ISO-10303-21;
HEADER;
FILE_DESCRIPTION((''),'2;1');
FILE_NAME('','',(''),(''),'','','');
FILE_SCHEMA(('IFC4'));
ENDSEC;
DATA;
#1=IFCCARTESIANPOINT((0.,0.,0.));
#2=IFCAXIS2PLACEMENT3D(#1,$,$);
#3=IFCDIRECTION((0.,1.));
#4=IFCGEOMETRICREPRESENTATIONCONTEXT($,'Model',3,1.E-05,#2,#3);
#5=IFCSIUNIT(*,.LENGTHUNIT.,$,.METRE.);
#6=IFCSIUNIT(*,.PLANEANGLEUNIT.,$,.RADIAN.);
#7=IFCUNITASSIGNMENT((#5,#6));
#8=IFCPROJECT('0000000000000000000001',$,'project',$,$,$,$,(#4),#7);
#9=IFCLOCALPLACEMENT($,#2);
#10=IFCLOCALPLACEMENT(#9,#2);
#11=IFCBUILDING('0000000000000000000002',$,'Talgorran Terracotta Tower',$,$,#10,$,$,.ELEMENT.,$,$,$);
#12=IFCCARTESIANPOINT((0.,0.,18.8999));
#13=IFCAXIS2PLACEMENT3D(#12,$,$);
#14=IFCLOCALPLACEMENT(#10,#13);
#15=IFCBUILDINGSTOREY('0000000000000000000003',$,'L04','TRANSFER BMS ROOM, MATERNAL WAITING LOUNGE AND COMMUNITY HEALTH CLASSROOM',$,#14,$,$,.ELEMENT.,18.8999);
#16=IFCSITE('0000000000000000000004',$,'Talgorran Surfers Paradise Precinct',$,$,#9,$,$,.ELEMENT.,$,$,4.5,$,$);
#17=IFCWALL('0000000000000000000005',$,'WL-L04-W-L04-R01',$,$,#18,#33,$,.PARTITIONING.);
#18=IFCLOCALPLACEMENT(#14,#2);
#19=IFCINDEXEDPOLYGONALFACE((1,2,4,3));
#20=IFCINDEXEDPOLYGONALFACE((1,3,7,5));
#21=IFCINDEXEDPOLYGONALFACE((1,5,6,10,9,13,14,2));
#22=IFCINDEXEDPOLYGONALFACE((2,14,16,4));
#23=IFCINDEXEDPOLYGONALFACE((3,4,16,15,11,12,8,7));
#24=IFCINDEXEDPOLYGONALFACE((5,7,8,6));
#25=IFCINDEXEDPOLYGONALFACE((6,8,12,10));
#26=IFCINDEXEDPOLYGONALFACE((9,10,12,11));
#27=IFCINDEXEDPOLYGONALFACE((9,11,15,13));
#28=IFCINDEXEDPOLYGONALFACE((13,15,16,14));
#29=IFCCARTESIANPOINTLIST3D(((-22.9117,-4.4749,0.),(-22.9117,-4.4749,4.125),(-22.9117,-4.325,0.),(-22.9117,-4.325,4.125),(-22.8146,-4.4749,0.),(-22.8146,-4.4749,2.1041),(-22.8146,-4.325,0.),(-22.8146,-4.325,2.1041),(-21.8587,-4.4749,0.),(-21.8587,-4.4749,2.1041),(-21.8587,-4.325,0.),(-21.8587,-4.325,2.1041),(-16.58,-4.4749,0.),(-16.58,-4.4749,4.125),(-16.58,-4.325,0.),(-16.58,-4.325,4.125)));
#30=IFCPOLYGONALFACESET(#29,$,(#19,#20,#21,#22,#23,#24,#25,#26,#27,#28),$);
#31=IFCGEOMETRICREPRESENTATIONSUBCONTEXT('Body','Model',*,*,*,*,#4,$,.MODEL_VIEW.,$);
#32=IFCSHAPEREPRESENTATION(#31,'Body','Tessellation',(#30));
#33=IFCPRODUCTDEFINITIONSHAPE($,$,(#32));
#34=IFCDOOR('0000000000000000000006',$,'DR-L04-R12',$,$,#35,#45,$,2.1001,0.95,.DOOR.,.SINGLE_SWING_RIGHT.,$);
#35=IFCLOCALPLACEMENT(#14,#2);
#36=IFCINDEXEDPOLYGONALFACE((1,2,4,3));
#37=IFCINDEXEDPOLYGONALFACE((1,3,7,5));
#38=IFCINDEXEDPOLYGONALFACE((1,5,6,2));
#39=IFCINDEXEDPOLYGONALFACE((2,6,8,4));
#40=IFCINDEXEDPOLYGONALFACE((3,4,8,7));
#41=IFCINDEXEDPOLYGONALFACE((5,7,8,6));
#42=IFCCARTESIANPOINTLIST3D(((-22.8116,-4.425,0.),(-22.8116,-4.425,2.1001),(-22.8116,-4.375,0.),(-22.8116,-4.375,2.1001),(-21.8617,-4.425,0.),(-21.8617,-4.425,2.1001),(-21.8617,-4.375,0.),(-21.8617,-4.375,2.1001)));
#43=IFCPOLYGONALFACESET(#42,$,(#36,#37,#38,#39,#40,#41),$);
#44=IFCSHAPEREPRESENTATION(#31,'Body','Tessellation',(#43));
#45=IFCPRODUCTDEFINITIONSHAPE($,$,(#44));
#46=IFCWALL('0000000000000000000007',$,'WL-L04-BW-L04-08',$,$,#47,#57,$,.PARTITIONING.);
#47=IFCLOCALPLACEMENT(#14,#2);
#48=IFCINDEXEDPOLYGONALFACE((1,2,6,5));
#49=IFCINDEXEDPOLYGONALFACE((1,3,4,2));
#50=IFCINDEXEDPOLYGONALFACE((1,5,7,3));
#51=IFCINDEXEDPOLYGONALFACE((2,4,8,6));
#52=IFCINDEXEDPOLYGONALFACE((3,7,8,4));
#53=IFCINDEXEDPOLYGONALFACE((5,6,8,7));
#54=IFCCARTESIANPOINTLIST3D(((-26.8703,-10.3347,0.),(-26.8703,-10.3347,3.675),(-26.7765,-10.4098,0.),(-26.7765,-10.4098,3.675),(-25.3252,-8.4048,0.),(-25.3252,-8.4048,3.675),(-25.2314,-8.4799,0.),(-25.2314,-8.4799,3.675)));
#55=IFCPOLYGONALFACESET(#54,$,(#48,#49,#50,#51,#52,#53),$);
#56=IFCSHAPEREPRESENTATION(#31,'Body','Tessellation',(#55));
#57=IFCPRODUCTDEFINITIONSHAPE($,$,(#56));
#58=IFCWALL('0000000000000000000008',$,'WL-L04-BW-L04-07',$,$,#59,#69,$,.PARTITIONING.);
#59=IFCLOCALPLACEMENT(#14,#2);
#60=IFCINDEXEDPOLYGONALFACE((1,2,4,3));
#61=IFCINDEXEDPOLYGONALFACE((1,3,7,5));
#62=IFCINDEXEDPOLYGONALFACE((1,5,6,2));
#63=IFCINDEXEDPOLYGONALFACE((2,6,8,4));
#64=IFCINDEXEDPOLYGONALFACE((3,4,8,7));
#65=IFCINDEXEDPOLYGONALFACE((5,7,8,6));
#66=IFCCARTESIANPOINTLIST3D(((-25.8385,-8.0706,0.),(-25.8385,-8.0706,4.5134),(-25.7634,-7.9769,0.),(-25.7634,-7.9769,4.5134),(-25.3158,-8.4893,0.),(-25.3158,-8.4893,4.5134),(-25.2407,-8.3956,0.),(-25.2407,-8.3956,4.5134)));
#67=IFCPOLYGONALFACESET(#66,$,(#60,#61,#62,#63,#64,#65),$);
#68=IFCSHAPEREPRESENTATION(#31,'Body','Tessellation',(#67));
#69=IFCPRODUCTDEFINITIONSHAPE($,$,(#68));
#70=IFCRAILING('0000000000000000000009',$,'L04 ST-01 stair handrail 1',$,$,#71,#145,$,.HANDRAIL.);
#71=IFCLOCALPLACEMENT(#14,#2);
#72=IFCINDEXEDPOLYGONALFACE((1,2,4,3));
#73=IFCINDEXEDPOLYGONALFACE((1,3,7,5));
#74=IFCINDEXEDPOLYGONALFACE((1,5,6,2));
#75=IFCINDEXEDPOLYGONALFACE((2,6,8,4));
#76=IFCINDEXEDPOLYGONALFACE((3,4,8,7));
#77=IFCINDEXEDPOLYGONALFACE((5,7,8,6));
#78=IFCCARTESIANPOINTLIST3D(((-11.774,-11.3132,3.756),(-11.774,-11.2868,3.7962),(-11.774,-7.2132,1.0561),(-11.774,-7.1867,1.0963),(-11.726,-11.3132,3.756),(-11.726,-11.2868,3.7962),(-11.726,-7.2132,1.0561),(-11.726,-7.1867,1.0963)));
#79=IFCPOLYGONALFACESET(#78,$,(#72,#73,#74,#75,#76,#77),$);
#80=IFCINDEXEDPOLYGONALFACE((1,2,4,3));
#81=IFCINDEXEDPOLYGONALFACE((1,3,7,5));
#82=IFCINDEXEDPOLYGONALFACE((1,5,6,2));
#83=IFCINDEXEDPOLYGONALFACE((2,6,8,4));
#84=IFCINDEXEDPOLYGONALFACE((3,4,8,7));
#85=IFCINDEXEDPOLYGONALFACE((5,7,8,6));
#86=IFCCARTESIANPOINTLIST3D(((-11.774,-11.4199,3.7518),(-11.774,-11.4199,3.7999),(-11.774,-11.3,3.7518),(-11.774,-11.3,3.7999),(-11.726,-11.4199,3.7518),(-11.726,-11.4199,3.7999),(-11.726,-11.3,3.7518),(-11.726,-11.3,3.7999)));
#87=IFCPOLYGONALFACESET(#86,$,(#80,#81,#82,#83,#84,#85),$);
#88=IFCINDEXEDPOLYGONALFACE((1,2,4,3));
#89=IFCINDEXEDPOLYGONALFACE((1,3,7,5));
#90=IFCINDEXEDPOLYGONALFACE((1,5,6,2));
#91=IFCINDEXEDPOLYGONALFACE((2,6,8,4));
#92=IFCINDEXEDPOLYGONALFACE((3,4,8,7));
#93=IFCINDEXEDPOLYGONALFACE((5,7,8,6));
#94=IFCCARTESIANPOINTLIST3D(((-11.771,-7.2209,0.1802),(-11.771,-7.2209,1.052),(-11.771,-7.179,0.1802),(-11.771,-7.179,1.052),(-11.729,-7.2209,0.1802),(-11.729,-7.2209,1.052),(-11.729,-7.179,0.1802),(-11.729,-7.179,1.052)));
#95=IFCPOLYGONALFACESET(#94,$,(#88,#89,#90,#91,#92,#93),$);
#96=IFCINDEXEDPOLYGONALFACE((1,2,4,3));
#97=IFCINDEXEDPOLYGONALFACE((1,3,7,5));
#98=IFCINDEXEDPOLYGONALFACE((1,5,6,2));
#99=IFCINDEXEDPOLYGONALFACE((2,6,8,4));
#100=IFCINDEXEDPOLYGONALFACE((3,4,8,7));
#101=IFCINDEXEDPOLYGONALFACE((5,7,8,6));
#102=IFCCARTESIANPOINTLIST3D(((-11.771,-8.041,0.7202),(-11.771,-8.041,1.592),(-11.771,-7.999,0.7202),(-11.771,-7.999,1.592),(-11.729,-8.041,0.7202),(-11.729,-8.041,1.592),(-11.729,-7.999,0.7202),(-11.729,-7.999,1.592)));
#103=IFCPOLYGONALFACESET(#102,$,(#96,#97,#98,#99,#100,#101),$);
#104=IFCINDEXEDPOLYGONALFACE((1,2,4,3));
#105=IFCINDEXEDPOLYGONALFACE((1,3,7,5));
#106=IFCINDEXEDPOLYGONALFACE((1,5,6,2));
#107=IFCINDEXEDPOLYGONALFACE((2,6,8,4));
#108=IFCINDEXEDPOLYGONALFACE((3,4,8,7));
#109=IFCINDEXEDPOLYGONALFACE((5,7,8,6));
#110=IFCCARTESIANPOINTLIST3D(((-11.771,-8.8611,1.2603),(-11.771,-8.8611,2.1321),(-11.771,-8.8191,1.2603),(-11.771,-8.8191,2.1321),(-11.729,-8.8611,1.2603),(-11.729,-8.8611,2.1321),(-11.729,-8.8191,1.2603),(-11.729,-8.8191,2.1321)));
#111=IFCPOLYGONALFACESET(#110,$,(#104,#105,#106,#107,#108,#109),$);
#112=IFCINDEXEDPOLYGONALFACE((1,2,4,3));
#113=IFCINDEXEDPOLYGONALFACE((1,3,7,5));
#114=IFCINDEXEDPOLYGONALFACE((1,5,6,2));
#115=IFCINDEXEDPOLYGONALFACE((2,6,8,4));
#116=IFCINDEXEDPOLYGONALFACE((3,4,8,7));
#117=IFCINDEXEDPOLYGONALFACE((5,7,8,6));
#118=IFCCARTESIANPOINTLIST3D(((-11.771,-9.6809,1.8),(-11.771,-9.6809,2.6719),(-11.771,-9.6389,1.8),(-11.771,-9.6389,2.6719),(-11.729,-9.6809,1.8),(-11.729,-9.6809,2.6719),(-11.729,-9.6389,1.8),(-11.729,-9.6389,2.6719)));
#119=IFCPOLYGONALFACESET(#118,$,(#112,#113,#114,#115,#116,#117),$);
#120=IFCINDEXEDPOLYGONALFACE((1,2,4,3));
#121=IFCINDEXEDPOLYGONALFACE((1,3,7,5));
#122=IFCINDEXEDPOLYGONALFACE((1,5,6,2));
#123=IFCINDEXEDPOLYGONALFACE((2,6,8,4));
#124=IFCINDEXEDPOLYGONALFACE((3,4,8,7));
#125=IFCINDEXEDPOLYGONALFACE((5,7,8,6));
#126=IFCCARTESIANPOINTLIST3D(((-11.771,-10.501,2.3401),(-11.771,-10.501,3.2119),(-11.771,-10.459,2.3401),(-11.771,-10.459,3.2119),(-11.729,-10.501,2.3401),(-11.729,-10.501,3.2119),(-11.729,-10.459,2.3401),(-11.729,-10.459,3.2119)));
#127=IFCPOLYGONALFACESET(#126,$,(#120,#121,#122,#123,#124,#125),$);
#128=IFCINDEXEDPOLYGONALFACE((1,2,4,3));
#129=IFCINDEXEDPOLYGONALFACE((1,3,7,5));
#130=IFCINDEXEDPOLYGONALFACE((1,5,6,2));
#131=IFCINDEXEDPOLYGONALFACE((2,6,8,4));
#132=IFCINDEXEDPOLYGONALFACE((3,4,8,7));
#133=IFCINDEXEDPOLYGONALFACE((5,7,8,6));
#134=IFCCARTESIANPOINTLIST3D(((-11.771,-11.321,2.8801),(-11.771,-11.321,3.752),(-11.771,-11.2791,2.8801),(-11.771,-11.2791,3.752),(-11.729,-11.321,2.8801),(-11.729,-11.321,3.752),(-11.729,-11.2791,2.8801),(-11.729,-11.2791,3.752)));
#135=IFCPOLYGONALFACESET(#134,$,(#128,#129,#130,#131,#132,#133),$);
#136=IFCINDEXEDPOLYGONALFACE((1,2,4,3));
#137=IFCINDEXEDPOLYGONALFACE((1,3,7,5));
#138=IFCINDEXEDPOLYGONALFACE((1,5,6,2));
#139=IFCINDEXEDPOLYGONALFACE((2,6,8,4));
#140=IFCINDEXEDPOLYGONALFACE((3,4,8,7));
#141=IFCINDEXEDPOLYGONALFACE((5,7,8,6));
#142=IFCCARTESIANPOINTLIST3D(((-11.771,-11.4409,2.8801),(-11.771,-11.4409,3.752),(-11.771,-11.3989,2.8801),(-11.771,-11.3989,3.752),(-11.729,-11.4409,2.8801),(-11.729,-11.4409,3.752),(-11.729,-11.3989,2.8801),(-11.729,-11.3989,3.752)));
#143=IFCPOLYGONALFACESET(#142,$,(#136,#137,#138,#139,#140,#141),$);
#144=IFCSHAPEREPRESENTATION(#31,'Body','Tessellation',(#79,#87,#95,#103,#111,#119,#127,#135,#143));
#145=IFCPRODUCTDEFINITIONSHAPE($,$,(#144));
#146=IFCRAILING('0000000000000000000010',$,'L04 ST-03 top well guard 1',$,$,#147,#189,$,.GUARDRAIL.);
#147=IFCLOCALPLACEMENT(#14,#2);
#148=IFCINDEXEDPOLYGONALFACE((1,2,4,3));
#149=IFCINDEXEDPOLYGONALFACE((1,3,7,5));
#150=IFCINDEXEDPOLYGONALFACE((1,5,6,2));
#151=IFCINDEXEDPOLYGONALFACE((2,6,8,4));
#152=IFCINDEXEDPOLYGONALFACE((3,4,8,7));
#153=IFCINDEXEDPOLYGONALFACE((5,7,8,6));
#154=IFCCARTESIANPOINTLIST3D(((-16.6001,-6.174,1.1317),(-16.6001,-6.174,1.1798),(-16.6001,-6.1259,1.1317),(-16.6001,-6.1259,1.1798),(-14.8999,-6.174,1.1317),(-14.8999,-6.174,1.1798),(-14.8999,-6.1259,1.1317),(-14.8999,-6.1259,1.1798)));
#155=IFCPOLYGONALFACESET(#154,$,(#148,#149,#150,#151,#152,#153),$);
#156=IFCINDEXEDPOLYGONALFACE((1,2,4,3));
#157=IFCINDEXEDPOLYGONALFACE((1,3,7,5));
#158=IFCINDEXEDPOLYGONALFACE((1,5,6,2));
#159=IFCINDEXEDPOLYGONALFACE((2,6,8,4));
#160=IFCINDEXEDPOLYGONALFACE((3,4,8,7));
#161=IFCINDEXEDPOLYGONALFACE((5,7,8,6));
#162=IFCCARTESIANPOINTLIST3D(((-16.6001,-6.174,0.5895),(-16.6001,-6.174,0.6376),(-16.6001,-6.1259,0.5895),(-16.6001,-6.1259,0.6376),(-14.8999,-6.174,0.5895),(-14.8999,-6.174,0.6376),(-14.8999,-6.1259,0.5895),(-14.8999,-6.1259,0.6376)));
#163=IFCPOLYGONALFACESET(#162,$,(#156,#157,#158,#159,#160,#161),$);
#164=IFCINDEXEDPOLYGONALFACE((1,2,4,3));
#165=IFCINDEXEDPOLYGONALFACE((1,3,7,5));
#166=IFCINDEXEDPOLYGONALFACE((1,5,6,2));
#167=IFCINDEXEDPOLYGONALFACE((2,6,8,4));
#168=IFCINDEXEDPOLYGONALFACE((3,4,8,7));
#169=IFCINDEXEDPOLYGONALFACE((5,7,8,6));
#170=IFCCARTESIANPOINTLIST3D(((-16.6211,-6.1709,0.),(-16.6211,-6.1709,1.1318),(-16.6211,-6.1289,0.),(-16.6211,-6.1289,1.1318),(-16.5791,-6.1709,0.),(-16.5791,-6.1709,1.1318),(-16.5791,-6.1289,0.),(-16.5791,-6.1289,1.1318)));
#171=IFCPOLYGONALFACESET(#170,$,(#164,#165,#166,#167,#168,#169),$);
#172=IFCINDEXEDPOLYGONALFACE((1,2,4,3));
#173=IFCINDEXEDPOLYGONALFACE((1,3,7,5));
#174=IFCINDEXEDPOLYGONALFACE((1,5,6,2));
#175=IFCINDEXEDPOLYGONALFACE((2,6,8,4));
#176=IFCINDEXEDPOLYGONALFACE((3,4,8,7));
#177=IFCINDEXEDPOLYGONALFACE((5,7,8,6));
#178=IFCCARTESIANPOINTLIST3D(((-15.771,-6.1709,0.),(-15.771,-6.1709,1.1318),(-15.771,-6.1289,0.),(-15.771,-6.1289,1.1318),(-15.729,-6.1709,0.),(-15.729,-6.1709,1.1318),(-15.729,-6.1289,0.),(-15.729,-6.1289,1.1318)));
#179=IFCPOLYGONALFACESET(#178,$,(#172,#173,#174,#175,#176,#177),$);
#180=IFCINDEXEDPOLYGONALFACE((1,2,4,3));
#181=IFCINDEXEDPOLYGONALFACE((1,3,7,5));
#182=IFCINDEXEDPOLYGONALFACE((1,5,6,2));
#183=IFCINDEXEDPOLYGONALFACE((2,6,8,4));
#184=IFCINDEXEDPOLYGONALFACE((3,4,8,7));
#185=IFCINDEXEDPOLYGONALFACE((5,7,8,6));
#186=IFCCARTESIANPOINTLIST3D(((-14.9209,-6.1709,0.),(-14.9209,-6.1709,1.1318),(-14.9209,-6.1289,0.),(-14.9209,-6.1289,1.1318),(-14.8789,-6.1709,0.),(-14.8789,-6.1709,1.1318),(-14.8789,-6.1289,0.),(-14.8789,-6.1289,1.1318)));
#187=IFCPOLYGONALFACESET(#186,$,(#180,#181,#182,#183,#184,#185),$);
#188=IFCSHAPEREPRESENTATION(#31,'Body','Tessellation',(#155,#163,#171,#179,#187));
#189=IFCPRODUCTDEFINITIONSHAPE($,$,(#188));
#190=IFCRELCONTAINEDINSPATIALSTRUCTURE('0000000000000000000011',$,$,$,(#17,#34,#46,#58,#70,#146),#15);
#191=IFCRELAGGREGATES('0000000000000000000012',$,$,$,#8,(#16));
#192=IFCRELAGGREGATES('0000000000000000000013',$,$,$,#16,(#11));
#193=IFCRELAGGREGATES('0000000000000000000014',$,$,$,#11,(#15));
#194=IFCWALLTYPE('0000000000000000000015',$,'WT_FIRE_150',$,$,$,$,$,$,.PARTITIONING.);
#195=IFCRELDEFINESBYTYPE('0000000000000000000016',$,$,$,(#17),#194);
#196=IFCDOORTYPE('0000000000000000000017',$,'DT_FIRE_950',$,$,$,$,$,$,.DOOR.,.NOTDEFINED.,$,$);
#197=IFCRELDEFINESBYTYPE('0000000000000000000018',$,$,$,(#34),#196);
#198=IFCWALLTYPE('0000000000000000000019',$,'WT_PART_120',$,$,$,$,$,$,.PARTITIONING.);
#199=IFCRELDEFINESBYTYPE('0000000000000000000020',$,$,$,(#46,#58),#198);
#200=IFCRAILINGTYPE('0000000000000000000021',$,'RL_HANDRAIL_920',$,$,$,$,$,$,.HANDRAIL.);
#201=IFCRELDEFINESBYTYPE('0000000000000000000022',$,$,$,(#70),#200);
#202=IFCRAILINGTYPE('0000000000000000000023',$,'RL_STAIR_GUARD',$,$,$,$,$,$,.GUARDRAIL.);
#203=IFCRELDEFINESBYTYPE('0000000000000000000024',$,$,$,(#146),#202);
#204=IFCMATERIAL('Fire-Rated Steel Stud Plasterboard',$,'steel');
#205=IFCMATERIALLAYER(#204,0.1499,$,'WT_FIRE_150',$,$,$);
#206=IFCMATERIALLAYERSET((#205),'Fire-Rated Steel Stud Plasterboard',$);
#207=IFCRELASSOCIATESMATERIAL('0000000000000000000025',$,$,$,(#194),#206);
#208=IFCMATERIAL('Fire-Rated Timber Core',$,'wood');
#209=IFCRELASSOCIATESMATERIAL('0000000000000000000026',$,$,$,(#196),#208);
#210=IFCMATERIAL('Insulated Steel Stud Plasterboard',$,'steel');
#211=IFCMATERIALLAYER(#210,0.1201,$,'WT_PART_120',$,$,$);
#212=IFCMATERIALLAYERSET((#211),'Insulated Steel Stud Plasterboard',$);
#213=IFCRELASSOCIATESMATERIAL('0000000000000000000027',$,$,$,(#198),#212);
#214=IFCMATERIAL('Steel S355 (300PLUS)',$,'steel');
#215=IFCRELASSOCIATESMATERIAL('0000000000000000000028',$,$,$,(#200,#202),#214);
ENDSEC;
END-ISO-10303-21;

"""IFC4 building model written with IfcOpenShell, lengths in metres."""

from ifc_helpers import new_model, si_unit, direction, frame, frame_2d, origin, origin_2d, place, context, subcontext, project, spatial, rectangle, extrude, material, layer, layer_set, type_object, element, fill, save


model = new_model("IFC4")

# Units and contexts
model_context = context("Model", 3, precision=1e-05, world=origin(), true_north=direction((0.0, 1.0)))
body_context = subcontext(model_context, "Body", "Model", "MODEL_VIEW")
ifc_project = project(units=[si_unit("LENGTHUNIT", "METRE"), si_unit("PLANEANGLEUNIT", "RADIAN")], contexts=[model_context])

# Site, building, storey
site_placement = place(None, origin())
site = spatial("IfcSite", under=ifc_project, at=site_placement, Name="Talgorran Surfers Paradise Precinct", CompositionType="ELEMENT", RefElevation=4.5)
building_placement = place(site_placement, origin())
building = spatial("IfcBuilding", under=site, at=building_placement, Name="Talgorran Terracotta Tower", CompositionType="ELEMENT")
storey_placement = place(building_placement, frame((0.0, 0.0, 18.8999)))
storey = spatial("IfcBuildingStorey", under=building, at=storey_placement, Name="L04", Description="TRANSFER BMS ROOM, MATERNAL WAITING LOUNGE AND COMMUNITY HEALTH CLASSROOM", CompositionType="ELEMENT", Elevation=18.8999)

# Shared definitions
ifc_material_1 = material(Name="Steel S355 (300PLUS)", Category="steel")

# Wall, opening, door
ifc_material_2 = material(Name="Fire-Rated Steel Stud Plasterboard", Category="steel")
ifc_layer_1 = layer(ifc_material_2, 0.1499, Name="WT_FIRE_150")
ifc_layer_set_1 = layer_set([ifc_layer_1], Name="Fire-Rated Steel Stud Plasterboard")
wall_type_1 = type_object("IfcWallType", Name="WT_FIRE_150", PredefinedType="PARTITIONING", material=ifc_layer_set_1)
wall_1_placement = place(storey_placement, frame((-22.9119, -4.3999, 0.0), z_axis=(0.0, 0.0, 1.0), x_axis=(1.0, 0.0, 0.0)))
wall_1 = element("IfcWall", 1, at=wall_1_placement, inside=storey, type_object=wall_type_1, Name="WL-L04-W-L04-R01", PredefinedType="PARTITIONING", context=body_context, shape_type="SweptSolid", body=[
    extrude(rectangle(XDim=6.3318, YDim=0.1499, at=frame_2d((3.166, 0.0))), origin(), (0.0, 0.0, 1.0), 4.125),
])
opening_1_placement = place(wall_1_placement, frame((0.1001, 0.0, 0.0)))
opening_1 = element("IfcOpeningElement", 2, at=opening_1_placement, cuts=wall_1, PredefinedType="OPENING", context=body_context, shape_type="SweptSolid", body=[
    extrude(rectangle(XDim=0.956, YDim=2.1041, at=frame_2d((0.4751, 1.052))), frame((0.0, 0.085, 0.0), z_axis=(0.0, -1.0, 0.0), x_axis=(1.0, 0.0, 0.0)), (0.0, 0.0, 1.0), 0.1699),
])
ifc_material_3 = material(Name="Fire-Rated Timber Core", Category="wood")
door_type_1 = type_object("IfcDoorType", Name="DT_FIRE_950", OperationType="NOTDEFINED", PredefinedType="DOOR", material=ifc_material_3)
door_1_placement = place(opening_1_placement, origin())
door_1 = element("IfcDoor", 3, at=door_1_placement, inside=storey, type_object=door_type_1, Name="DR-L04-R12", OperationType="SINGLE_SWING_RIGHT", OverallHeight=2.1001, OverallWidth=0.95, PredefinedType="DOOR", context=body_context, shape_type="SweptSolid", body=[
    extrude(rectangle(XDim=0.95, YDim=2.1001, at=frame_2d((0.4751, 1.05))), frame((0.0, 0.0249, 0.0), z_axis=(0.0, -1.0, 0.0), x_axis=(1.0, 0.0, 0.0)), (0.0, 0.0, 1.0), 0.05),
])
fill(opening_1, door_1)

# Walls
ifc_material_4 = material(Name="Insulated Steel Stud Plasterboard", Category="steel")
ifc_layer_2 = layer(ifc_material_4, 0.1201, Name="WT_PART_120")
ifc_layer_set_2 = layer_set([ifc_layer_2], Name="Insulated Steel Stud Plasterboard")
wall_type_2 = type_object("IfcWallType", Name="WT_PART_120", PredefinedType="PARTITIONING", material=ifc_layer_set_2)
wall_2_placement = place(storey_placement, frame((-25.2783, -8.4424, 0.0), z_axis=(0.0, 0.0, 1.0), x_axis=(-0.624996, -0.780628, 0.0)))
element("IfcWall", 4, at=wall_2_placement, inside=storey, type_object=wall_type_2, Name="WL-L04-BW-L04-08", PredefinedType="PARTITIONING", context=body_context, shape_type="SweptSolid", body=[
    extrude(rectangle(XDim=2.4722, YDim=0.1201, at=frame_2d((1.2361, 0.0))), origin(), (0.0, 0.0, 1.0), 3.675),
])
wall_3_placement = place(storey_placement, frame((-25.801, -8.0237, 0.0), z_axis=(0.0, 0.0, 1.0), x_axis=(0.780477, -0.625184, 0.0)))
element("IfcWall", 5, at=wall_3_placement, inside=storey, type_object=wall_type_2, Name="WL-L04-BW-L04-07", PredefinedType="PARTITIONING", context=body_context, shape_type="SweptSolid", body=[
    extrude(rectangle(XDim=0.6697, YDim=0.1201, at=frame_2d((0.335, 0.0))), origin(), (0.0, 0.0, 1.0), 4.5134),
])

# Railings
railing_type_1 = type_object("IfcRailingType", Name="RL_HANDRAIL_920", PredefinedType="HANDRAIL", material=ifc_material_1)
railing_1_placement = place(storey_placement, frame((-11.75, -7.2, 0.1802)))
element("IfcRailing", 6, at=railing_1_placement, inside=storey, type_object=railing_type_1, Name="L04 ST-01 stair handrail 1", PredefinedType="HANDRAIL", context=body_context, shape_type="SweptSolid", body=[
    extrude(rectangle(XDim=0.0481, YDim=0.0481, at=origin_2d()), frame((0.0, 0.0, 0.896), z_axis=(0.0, -0.835181, 0.549974), x_axis=(1.0, 0.0, 0.0)), (0.0, 0.0, 1.0), 4.9092),
    extrude(rectangle(XDim=0.0481, YDim=0.0481, at=origin_2d()), frame((0.0, -4.1001, 3.5957), z_axis=(0.0, -1.0, 0.0), x_axis=(1.0, 0.0, 0.0)), (0.0, 0.0, 1.0), 0.1199),
    extrude(rectangle(XDim=0.042, YDim=0.042, at=origin_2d()), origin(), (0.0, 0.0, 1.0), 0.8718),
    extrude(rectangle(XDim=0.042, YDim=0.042, at=origin_2d()), frame((0.0, -0.8201, 0.54)), (0.0, 0.0, 1.0), 0.8718),
    extrude(rectangle(XDim=0.042, YDim=0.042, at=origin_2d()), frame((0.0, -1.6401, 1.0801)), (0.0, 0.0, 1.0), 0.8718),
    extrude(rectangle(XDim=0.042, YDim=0.042, at=origin_2d()), frame((0.0, -2.46, 1.6199)), (0.0, 0.0, 1.0), 0.8718),
    extrude(rectangle(XDim=0.042, YDim=0.042, at=origin_2d()), frame((0.0, -3.28, 2.1599)), (0.0, 0.0, 1.0), 0.8718),
    extrude(rectangle(XDim=0.042, YDim=0.042, at=origin_2d()), frame((0.0, -4.1001, 2.7)), (0.0, 0.0, 1.0), 0.8718),
    extrude(rectangle(XDim=0.042, YDim=0.042, at=origin_2d()), frame((0.0, -4.22, 2.7)), (0.0, 0.0, 1.0), 0.8718),
])
railing_type_2 = type_object("IfcRailingType", Name="RL_STAIR_GUARD", PredefinedType="GUARDRAIL", material=ifc_material_1)
railing_2_placement = place(storey_placement, frame((-16.6001, -6.1499, 0.0)))
element("IfcRailing", 7, at=railing_2_placement, inside=storey, type_object=railing_type_2, Name="L04 ST-03 top well guard 1", PredefinedType="GUARDRAIL", context=body_context, shape_type="SweptSolid", body=[
    extrude(rectangle(XDim=0.0481, YDim=0.0481, at=origin_2d()), frame((0.0, 0.0, 1.1558), z_axis=(1.0, 0.0, 0.0), x_axis=(0.0, 1.0, 0.0)), (0.0, 0.0, 1.0), 1.7002),
    extrude(rectangle(XDim=0.0481, YDim=0.0481, at=origin_2d()), frame((0.0, 0.0, 0.6135), z_axis=(1.0, 0.0, 0.0), x_axis=(0.0, 1.0, 0.0)), (0.0, 0.0, 1.0), 1.7002),
    extrude(rectangle(XDim=0.042, YDim=0.042, at=origin_2d()), origin(), (0.0, 0.0, 1.0), 1.1318),
    extrude(rectangle(XDim=0.042, YDim=0.042, at=origin_2d()), frame((0.8501, 0.0, 0.0)), (0.0, 0.0, 1.0), 1.1318),
    extrude(rectangle(XDim=0.042, YDim=0.042, at=origin_2d()), frame((1.7002, 0.0, 0.0)), (0.0, 0.0, 1.0), 1.1318),
])

save(model, "model.ifc")
